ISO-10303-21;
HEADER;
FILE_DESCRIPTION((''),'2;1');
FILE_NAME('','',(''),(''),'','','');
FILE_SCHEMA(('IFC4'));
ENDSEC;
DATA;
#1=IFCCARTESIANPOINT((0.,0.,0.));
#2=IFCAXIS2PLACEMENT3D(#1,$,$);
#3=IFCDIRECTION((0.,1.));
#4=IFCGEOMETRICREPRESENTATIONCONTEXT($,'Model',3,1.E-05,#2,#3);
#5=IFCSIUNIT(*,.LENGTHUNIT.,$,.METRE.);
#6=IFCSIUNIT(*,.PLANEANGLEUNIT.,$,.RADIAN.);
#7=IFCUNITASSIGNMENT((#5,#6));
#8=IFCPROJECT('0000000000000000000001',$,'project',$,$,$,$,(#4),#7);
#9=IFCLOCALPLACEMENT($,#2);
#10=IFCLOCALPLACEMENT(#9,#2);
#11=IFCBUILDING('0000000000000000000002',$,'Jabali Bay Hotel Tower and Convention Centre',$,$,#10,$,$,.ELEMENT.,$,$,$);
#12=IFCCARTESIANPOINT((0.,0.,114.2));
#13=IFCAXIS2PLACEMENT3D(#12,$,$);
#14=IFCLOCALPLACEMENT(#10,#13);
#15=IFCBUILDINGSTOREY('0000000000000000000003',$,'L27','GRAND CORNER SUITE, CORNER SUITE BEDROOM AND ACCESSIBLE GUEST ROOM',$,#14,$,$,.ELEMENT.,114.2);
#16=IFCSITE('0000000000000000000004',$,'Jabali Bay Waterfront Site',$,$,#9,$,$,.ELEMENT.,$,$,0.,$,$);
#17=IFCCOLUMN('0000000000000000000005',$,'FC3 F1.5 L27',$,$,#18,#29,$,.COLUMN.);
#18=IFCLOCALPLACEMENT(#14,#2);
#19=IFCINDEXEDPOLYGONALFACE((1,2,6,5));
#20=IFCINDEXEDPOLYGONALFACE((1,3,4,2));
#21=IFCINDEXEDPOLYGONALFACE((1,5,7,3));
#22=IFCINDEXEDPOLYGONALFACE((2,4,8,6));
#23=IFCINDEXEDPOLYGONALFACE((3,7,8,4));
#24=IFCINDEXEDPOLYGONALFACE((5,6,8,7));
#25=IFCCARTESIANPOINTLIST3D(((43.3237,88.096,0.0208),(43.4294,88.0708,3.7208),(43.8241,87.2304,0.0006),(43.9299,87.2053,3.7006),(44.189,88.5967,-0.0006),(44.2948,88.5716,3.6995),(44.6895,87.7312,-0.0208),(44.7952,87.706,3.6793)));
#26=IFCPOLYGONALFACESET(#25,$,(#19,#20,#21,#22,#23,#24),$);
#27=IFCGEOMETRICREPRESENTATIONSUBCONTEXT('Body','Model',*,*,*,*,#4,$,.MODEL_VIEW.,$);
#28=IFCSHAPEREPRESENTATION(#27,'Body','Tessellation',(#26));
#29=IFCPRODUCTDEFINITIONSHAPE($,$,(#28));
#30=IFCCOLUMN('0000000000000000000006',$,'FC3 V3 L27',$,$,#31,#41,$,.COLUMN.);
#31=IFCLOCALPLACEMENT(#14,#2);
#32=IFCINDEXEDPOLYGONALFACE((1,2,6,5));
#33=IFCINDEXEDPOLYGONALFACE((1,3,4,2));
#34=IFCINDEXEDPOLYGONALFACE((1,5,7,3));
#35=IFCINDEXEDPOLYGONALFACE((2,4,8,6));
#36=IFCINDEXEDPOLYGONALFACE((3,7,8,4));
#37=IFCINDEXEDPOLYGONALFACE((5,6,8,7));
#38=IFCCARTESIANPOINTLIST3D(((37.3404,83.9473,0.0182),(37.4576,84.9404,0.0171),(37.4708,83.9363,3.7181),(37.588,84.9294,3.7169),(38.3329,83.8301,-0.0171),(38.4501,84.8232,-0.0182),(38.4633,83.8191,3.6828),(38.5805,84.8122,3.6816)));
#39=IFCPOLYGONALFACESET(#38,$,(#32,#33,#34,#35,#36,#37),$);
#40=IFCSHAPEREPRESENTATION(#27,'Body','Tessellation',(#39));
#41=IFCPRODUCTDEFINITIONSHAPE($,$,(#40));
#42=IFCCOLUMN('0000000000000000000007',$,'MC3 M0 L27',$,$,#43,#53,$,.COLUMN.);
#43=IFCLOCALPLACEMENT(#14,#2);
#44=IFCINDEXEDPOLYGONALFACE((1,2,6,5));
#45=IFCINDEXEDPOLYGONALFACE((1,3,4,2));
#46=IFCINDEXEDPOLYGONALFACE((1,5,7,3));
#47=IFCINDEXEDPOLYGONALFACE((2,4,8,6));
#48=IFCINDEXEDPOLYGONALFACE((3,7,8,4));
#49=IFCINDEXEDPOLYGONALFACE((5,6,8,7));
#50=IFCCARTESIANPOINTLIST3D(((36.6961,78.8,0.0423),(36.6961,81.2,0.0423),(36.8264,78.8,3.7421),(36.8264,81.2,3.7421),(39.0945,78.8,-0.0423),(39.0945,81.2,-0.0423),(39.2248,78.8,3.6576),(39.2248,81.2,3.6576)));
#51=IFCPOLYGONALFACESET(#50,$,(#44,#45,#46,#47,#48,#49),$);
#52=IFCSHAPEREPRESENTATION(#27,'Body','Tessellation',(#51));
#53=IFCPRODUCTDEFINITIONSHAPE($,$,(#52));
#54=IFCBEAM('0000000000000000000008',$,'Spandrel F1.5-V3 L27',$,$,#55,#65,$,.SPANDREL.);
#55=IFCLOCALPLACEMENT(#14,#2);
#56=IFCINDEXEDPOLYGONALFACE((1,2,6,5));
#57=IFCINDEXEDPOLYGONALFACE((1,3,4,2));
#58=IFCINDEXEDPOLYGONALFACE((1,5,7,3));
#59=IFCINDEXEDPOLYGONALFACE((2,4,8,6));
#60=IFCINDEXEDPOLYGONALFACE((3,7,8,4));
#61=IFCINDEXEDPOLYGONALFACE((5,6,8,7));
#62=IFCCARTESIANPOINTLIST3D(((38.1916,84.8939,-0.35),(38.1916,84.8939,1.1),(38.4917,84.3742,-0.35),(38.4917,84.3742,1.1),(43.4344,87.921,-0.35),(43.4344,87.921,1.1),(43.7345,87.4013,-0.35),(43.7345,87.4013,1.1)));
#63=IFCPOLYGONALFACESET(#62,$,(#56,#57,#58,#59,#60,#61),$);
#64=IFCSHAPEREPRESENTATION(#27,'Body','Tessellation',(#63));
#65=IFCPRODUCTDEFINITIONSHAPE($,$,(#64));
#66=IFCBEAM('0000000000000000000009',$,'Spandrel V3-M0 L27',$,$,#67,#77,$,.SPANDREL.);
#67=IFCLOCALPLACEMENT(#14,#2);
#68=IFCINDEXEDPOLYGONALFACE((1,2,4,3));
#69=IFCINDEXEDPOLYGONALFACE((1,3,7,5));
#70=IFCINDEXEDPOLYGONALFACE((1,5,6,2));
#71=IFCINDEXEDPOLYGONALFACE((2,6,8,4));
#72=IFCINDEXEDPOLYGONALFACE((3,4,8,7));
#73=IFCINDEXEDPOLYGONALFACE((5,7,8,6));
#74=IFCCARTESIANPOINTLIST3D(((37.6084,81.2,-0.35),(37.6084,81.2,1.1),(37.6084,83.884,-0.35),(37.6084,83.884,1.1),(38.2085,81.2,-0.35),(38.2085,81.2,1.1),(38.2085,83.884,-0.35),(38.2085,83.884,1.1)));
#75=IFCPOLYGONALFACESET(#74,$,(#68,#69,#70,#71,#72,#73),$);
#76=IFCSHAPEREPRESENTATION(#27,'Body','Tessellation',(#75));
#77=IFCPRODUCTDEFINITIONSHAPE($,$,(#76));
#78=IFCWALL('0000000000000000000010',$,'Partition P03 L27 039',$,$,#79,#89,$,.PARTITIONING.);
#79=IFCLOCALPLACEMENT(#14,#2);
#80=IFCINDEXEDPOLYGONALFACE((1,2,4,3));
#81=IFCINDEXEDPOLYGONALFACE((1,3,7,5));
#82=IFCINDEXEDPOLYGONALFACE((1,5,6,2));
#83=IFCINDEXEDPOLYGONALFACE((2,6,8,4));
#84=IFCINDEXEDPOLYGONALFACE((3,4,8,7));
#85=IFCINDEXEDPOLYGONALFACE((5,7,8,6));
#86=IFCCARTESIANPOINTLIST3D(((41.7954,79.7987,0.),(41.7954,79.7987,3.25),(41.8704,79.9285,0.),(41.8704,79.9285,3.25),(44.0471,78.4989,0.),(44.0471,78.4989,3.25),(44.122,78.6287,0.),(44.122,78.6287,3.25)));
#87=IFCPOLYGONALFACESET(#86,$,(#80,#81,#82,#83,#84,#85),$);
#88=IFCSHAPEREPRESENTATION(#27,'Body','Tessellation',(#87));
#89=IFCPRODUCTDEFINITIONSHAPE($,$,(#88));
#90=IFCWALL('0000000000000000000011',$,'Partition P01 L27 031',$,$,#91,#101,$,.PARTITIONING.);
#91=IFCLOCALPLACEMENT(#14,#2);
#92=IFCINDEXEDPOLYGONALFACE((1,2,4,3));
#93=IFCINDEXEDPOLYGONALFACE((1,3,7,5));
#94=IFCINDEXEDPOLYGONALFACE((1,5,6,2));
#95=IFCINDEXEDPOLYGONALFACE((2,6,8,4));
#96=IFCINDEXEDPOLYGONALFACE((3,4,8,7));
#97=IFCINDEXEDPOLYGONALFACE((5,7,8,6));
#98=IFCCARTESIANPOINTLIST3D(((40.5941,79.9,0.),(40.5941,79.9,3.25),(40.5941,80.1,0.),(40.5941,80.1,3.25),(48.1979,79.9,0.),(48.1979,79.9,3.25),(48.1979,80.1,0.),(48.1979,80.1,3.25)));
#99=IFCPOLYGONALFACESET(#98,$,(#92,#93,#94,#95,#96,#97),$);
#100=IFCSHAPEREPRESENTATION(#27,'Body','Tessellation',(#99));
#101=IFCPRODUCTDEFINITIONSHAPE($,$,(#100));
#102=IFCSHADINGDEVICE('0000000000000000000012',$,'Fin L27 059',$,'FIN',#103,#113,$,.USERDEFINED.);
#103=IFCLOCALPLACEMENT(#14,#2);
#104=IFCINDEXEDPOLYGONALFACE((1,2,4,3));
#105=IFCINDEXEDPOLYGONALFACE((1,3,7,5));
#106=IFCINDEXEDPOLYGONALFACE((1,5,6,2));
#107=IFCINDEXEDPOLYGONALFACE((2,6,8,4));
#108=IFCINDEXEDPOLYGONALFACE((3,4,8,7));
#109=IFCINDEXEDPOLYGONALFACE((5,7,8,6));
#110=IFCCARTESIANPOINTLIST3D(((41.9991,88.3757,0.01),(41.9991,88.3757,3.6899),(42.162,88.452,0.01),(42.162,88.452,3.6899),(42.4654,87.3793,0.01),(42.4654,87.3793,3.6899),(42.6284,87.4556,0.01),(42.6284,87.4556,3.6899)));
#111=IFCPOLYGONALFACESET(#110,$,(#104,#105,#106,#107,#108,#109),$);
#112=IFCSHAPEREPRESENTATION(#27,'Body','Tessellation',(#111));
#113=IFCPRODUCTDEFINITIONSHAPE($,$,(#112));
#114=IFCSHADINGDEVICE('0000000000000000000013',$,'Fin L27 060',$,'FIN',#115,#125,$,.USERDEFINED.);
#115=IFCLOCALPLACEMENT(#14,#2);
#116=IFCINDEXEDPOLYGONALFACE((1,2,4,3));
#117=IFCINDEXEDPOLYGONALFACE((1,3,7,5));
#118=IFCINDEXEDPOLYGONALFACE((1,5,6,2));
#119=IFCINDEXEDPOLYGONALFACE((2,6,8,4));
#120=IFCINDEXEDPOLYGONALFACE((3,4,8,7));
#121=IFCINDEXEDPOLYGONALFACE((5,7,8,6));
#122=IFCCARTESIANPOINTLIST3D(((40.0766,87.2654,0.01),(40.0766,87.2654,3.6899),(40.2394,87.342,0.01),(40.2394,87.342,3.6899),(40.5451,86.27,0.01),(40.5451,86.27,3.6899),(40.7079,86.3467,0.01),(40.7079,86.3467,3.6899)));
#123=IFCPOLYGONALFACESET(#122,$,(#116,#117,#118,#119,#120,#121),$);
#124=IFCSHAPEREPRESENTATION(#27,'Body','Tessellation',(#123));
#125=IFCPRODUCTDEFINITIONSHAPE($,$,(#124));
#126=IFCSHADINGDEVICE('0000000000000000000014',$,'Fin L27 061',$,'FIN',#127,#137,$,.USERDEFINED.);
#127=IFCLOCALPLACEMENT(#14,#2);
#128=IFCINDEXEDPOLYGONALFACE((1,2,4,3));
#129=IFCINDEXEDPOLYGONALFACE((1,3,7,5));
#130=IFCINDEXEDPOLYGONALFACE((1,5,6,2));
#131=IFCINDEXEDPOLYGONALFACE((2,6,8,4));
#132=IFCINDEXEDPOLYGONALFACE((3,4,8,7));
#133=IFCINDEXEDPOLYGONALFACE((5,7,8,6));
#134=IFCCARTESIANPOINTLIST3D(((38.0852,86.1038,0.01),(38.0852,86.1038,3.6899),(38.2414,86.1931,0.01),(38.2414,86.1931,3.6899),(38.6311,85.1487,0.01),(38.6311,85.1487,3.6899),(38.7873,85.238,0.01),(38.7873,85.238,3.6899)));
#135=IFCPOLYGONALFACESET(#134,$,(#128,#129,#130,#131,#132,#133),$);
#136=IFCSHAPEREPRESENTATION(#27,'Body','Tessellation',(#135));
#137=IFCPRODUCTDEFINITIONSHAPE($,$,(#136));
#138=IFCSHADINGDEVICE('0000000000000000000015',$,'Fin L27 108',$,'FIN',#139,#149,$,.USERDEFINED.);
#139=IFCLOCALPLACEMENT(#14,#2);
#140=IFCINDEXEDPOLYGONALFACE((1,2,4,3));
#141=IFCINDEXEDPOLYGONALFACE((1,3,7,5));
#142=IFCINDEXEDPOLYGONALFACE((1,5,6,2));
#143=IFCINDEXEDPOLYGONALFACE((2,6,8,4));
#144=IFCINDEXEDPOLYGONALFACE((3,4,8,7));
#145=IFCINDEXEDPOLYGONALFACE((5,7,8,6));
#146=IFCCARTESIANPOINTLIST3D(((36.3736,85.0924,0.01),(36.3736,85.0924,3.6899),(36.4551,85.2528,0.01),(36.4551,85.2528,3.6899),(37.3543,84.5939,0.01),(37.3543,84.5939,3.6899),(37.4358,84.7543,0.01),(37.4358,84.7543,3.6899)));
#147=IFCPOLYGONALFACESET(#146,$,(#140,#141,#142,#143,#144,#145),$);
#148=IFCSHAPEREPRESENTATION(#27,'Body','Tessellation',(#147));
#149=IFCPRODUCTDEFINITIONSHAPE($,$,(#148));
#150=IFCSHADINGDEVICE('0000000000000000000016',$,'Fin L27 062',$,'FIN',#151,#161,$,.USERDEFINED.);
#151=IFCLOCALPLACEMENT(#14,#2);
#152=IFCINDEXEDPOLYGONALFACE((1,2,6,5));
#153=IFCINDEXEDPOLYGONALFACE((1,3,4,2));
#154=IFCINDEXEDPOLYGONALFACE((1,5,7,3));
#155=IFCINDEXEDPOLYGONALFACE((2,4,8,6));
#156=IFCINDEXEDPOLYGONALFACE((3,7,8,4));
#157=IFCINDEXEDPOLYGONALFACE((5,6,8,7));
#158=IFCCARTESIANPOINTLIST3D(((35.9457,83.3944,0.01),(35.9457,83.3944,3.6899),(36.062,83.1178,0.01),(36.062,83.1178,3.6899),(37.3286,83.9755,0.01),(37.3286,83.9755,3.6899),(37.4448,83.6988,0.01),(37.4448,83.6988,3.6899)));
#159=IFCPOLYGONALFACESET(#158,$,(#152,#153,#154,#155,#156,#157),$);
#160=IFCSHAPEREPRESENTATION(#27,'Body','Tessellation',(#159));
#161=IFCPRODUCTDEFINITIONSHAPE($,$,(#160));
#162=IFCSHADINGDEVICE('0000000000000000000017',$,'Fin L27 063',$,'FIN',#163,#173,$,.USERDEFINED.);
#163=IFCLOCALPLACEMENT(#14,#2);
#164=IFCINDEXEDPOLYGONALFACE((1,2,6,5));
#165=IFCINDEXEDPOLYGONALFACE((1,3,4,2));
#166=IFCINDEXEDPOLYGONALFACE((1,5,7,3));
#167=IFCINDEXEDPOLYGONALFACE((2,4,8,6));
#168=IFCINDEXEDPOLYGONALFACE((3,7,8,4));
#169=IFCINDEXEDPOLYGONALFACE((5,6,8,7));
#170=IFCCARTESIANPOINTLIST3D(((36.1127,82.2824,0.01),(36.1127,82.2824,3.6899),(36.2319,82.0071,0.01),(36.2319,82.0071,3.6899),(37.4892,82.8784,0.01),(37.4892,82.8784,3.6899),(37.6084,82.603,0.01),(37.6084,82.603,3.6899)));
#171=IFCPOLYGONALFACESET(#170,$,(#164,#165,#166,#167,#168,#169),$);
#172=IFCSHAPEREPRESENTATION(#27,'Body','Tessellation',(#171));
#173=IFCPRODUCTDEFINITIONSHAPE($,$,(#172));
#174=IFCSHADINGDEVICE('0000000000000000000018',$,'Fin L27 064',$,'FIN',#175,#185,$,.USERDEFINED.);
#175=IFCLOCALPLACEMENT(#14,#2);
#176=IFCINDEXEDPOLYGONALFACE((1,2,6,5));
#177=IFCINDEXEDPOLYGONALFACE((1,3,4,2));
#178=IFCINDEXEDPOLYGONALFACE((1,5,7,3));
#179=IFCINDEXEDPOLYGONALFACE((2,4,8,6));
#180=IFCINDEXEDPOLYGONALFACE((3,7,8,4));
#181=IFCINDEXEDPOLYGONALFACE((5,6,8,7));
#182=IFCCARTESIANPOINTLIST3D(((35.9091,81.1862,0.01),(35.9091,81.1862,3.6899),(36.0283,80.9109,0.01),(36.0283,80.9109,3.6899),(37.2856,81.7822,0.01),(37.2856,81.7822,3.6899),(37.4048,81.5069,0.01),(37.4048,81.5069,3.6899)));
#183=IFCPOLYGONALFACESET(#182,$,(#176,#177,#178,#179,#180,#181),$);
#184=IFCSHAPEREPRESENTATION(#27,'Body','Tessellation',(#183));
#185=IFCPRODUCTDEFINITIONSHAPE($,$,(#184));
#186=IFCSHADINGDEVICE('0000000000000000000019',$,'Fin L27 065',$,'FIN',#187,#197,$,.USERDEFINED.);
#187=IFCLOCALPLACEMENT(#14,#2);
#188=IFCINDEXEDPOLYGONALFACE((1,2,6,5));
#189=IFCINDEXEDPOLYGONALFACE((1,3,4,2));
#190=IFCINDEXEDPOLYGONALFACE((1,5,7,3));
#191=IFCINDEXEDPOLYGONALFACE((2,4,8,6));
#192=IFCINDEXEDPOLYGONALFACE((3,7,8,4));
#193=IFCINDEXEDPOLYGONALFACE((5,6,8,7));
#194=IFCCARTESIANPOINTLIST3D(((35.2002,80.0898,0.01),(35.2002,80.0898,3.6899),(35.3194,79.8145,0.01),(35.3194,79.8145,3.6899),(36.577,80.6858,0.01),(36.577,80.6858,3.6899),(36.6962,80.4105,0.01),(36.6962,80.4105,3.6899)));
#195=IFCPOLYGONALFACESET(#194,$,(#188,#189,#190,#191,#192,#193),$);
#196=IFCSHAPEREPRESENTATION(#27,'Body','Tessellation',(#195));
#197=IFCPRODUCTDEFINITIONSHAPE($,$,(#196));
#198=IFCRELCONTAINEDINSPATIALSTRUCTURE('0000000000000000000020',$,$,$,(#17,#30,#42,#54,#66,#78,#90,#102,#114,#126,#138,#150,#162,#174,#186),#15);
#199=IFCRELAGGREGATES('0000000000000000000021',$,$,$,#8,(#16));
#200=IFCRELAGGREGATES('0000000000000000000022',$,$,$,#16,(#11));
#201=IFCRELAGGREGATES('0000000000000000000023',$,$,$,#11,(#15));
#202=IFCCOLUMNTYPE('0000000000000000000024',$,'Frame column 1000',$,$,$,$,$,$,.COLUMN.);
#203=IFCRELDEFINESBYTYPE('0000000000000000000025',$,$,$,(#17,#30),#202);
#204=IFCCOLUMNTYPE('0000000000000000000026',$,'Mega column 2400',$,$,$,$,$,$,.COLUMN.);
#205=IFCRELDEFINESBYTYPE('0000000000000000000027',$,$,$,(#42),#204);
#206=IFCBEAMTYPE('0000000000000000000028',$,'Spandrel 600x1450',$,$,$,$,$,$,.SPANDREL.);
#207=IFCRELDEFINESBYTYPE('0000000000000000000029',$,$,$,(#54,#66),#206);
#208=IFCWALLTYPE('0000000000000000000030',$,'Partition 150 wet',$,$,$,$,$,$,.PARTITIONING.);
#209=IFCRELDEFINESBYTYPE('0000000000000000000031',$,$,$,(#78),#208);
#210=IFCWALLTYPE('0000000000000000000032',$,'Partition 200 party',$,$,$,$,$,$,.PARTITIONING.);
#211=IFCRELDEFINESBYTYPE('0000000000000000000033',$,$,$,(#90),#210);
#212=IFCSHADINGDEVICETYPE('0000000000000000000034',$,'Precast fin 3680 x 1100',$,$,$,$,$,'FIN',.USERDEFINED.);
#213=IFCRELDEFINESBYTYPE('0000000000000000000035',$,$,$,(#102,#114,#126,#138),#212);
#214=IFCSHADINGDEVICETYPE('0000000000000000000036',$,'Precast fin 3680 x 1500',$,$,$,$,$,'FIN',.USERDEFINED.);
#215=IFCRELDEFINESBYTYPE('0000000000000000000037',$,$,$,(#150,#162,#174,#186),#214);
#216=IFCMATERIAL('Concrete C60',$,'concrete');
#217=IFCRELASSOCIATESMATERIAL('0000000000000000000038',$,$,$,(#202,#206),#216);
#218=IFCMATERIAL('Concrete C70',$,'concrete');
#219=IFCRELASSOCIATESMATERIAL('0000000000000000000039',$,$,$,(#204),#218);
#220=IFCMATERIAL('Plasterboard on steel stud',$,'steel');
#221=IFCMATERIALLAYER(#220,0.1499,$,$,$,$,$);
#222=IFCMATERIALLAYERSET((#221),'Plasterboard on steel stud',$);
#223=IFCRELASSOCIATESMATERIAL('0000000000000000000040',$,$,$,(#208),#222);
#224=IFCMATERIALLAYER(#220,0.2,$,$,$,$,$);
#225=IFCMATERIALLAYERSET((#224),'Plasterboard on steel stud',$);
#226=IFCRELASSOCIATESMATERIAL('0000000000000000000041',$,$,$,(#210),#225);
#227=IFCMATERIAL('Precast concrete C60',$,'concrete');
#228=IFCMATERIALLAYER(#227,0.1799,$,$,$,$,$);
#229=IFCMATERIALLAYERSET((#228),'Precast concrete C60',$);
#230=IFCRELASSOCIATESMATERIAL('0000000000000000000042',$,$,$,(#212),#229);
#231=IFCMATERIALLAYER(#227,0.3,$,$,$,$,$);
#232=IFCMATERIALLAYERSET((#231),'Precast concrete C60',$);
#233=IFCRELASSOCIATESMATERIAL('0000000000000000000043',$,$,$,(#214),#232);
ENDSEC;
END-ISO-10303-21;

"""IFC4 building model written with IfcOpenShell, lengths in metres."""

from ifc_helpers import new_model, si_unit, direction, frame, frame_2d, origin, origin_2d, place, context, subcontext, project, spatial, rectangle, extrude, material, layer, layer_set, material_profile, profile_set, type_object, element, save


model = new_model("IFC4")

# Units and contexts
model_context = context("Model", 3, precision=1e-05, world=origin(), true_north=direction((0.0, 1.0)))
body_context = subcontext(model_context, "Body", "Model", "MODEL_VIEW")
ifc_project = project(units=[si_unit("LENGTHUNIT", "METRE"), si_unit("PLANEANGLEUNIT", "RADIAN")], contexts=[model_context])

# Site, building, storey
site_placement = place(None, origin())
site = spatial("IfcSite", under=ifc_project, at=site_placement, Name="Jabali Bay Waterfront Site", CompositionType="ELEMENT", RefElevation=0.0)
building_placement = place(site_placement, origin())
building = spatial("IfcBuilding", under=site, at=building_placement, Name="Jabali Bay Hotel Tower and Convention Centre", CompositionType="ELEMENT")
storey_placement = place(building_placement, frame((0.0, 0.0, 114.2)))
storey = spatial("IfcBuildingStorey", under=building, at=storey_placement, Name="L27", Description="GRAND CORNER SUITE, CORNER SUITE BEDROOM AND ACCESSIBLE GUEST ROOM", CompositionType="ELEMENT", Elevation=114.2)

# Columns
ifc_material_1 = material(Name="Concrete C60", Category="concrete")
ifc_material_profile_1 = material_profile(ifc_material_1, rectangle(XDim=1.0, YDim=1.0, at=origin_2d()), Name="Frame column 1000")
ifc_profile_set_1 = profile_set([ifc_material_profile_1], Name="Concrete C60")
column_type_1 = type_object("IfcColumnType", Name="Frame column 1000", PredefinedType="COLUMN", material=ifc_profile_set_1)
column_1_placement = place(storey_placement, frame((44.0066, 87.9136, 0.0), z_axis=(0.028559, -0.006794, 0.999569), x_axis=(-0.500408, 0.865555, 0.02018)))
element("IfcColumn", 1, at=column_1_placement, inside=storey, type_object=column_type_1, Name="FC3 F1.5 L27", PredefinedType="COLUMN", context=body_context, shape_type="SweptSolid", body=[
    extrude(rectangle(XDim=1.0, YDim=1.0, at=origin_2d()), origin(), (0.0, 0.0, 1.0), 3.7017),
])
column_2_placement = place(storey_placement, frame((37.8953, 84.3853, 0.0), z_axis=(0.035214, -0.002967, 0.999375), x_axis=(-0.992485, 0.117161, 0.035319)))
element("IfcColumn", 2, at=column_2_placement, inside=storey, type_object=column_type_1, Name="FC3 V3 L27", PredefinedType="COLUMN", context=body_context, shape_type="SweptSolid", body=[
    extrude(rectangle(XDim=1.0, YDim=1.0, at=origin_2d()), origin(), (0.0, 0.0, 1.0), 3.7021),
])
ifc_material_2 = material(Name="Concrete C70", Category="concrete")
ifc_material_profile_2 = material_profile(ifc_material_2, rectangle(XDim=2.3999, YDim=2.3999, at=origin_2d()), Name="Mega column 2400")
ifc_profile_set_2 = profile_set([ifc_material_profile_2], Name="Concrete C70")
column_type_2 = type_object("IfcColumnType", Name="Mega column 2400", PredefinedType="COLUMN", material=ifc_profile_set_2)
column_3_placement = place(storey_placement, frame((37.8953, 80.0, 0.0), z_axis=(0.035214, 0.0, 0.99938), x_axis=(0.0, 1.0, 0.0)))
element("IfcColumn", 3, at=column_3_placement, inside=storey, type_object=column_type_2, Name="MC3 M0 L27", PredefinedType="COLUMN", context=body_context, shape_type="SweptSolid", body=[
    extrude(rectangle(XDim=2.3999, YDim=2.3999, at=origin_2d()), origin(), (0.0, 0.0, 1.0), 3.7021),
])

# Beams
ifc_material_profile_3 = material_profile(ifc_material_1, rectangle(XDim=0.6001, YDim=1.45, at=origin_2d()), Name="Spandrel 600x1450")
ifc_profile_set_3 = profile_set([ifc_material_profile_3], Name="Concrete C60")
beam_type = type_object("IfcBeamType", Name="Spandrel 600x1450", PredefinedType="SPANDREL", material=ifc_profile_set_3)
beam_1_placement = place(storey_placement, frame((43.5845, 87.6611, 0.375), z_axis=(-0.866018, -0.500012, 0.0), x_axis=(0.500012, -0.866018, 0.0)))
element("IfcBeam", 4, at=beam_1_placement, inside=storey, type_object=beam_type, Name="Spandrel F1.5-V3 L27", PredefinedType="SPANDREL", context=body_context, shape_type="SweptSolid", body=[
    extrude(rectangle(XDim=0.6001, YDim=1.45, at=origin_2d()), origin(), (0.0, 0.0, 1.0), 6.054),
])
beam_2_placement = place(storey_placement, frame((37.9084, 83.884, 0.375), z_axis=(0.0, -1.0, 0.0), x_axis=(1.0, 0.0, 0.0)))
element("IfcBeam", 5, at=beam_2_placement, inside=storey, type_object=beam_type, Name="Spandrel V3-M0 L27", PredefinedType="SPANDREL", context=body_context, shape_type="SweptSolid", body=[
    extrude(rectangle(XDim=0.6001, YDim=1.45, at=origin_2d()), origin(), (0.0, 0.0, 1.0), 2.6841),
])

# Walls
ifc_material_3 = material(Name="Plasterboard on steel stud", Category="steel")
ifc_layer_1 = layer(ifc_material_3, 0.1499)
ifc_layer_set_1 = layer_set([ifc_layer_1], Name="Plasterboard on steel stud")
wall_type_1 = type_object("IfcWallType", Name="Partition 150 wet", PredefinedType="PARTITIONING", material=ifc_layer_set_1)
wall_1_placement = place(storey_placement, frame((41.833, 79.8635, 0.0), z_axis=(0.0, 0.0, 1.0), x_axis=(0.866062, -0.499937, 0.0)))
element("IfcWall", 6, at=wall_1_placement, inside=storey, type_object=wall_type_1, Name="Partition P03 L27 039", PredefinedType="PARTITIONING", context=body_context, shape_type="SweptSolid", body=[
    extrude(rectangle(XDim=2.5999, YDim=0.1499, at=frame_2d((1.2998, 0.0))), origin(), (0.0, 0.0, 1.0), 3.25),
])
ifc_layer_2 = layer(ifc_material_3, 0.2)
ifc_layer_set_2 = layer_set([ifc_layer_2], Name="Plasterboard on steel stud")
wall_type_2 = type_object("IfcWallType", Name="Partition 200 party", PredefinedType="PARTITIONING", material=ifc_layer_set_2)
wall_2_placement = place(storey_placement, frame((40.5942, 80.0, 0.0), z_axis=(0.0, 0.0, 1.0), x_axis=(1.0, 0.0, 0.0)))
element("IfcWall", 7, at=wall_2_placement, inside=storey, type_object=wall_type_2, Name="Partition P01 L27 031", PredefinedType="PARTITIONING", context=body_context, shape_type="SweptSolid", body=[
    extrude(rectangle(XDim=7.6038, YDim=0.2, at=frame_2d((3.8018, 0.0))), origin(), (0.0, 0.0, 1.0), 3.25),
])

# Shading devices
ifc_material_4 = material(Name="Precast concrete C60", Category="concrete")
ifc_layer_3 = layer(ifc_material_4, 0.1799)
ifc_layer_set_3 = layer_set([ifc_layer_3], Name="Precast concrete C60")
shading_device_type_1 = type_object("IfcShadingDeviceType", Name="Precast fin 3680 x 1100", ElementType="FIN", PredefinedType="USERDEFINED", material=ifc_layer_set_3)
for number, where, z_axis, x_axis, name in (
    (8, (42.5469, 87.4175, 0.01), (0.0, 0.0, 1.0), (-0.423894, 0.905712, 0.0), "Fin L27 059"),
    (9, (40.6265, 86.3083, 0.01), (0.0, 0.0, 1.0), (-0.425872, 0.904783, 0.0), "Fin L27 060"),
    (10, (38.7092, 85.1934, 0.01), (0.0, 0.0, 1.0), (-0.496235, 0.868189, 0.0), "Fin L27 061"),
    (11, (37.395, 84.6741, 0.01), (0.0, 0.0, 1.0), (-0.891434, 0.453151, 0.0), "Fin L27 108"),
):
    element("IfcShadingDevice", number, at=place(storey_placement, frame(where, z_axis=z_axis, x_axis=x_axis)), inside=storey, type_object=shading_device_type_1, Name=name, ObjectType="FIN", PredefinedType="USERDEFINED", context=body_context, shape_type="SweptSolid", body=[
        extrude(rectangle(XDim=1.1001, YDim=0.1799, at=frame_2d((0.55, 0.0))), origin(), (0.0, 0.0, 1.0), 3.6799),
    ])
ifc_layer_4 = layer(ifc_material_4, 0.3)
ifc_layer_set_4 = layer_set([ifc_layer_4], Name="Precast concrete C60")
shading_device_type_2 = type_object("IfcShadingDeviceType", Name="Precast fin 3680 x 1500", ElementType="FIN", PredefinedType="USERDEFINED", material=ifc_layer_set_4)
for number, where, z_axis, x_axis, name in (
    (12, (37.3867, 83.8372, 0.01), (0.0, 0.0, 1.0), (-0.921917, -0.387387, 0.0), "Fin L27 062"),
    (13, (37.5488, 82.7407, 0.01), (0.0, 0.0, 1.0), (-0.917682, -0.397315, 0.0), "Fin L27 063"),
    (14, (37.3452, 81.6445, 0.01), (0.0, 0.0, 1.0), (-0.917682, -0.397315, 0.0), "Fin L27 064"),
):
    element("IfcShadingDevice", number, at=place(storey_placement, frame(where, z_axis=z_axis, x_axis=x_axis)), inside=storey, type_object=shading_device_type_2, Name=name, ObjectType="FIN", PredefinedType="USERDEFINED", context=body_context, shape_type="SweptSolid", body=[
        extrude(rectangle(XDim=1.5, YDim=0.3, at=frame_2d((0.75, 0.0))), origin(), (0.0, 0.0, 1.0), 3.6799),
    ])
for number, where, z_axis, x_axis, name in (
    (15, (36.6365, 80.5481, 0.01), (0.0, 0.0, 1.0), (-0.917708, -0.397256, 0.0), "Fin L27 065"),
):
    element("IfcShadingDevice", number, at=place(storey_placement, frame(where, z_axis=z_axis, x_axis=x_axis)), inside=storey, type_object=shading_device_type_2, Name=name, ObjectType="FIN", PredefinedType="USERDEFINED", context=body_context, shape_type="SweptSolid", body=[
        extrude(rectangle(XDim=1.5002, YDim=0.3, at=frame_2d((0.75, 0.0))), origin(), (0.0, 0.0, 1.0), 3.6799),
    ])

save(model, "model.ifc")
